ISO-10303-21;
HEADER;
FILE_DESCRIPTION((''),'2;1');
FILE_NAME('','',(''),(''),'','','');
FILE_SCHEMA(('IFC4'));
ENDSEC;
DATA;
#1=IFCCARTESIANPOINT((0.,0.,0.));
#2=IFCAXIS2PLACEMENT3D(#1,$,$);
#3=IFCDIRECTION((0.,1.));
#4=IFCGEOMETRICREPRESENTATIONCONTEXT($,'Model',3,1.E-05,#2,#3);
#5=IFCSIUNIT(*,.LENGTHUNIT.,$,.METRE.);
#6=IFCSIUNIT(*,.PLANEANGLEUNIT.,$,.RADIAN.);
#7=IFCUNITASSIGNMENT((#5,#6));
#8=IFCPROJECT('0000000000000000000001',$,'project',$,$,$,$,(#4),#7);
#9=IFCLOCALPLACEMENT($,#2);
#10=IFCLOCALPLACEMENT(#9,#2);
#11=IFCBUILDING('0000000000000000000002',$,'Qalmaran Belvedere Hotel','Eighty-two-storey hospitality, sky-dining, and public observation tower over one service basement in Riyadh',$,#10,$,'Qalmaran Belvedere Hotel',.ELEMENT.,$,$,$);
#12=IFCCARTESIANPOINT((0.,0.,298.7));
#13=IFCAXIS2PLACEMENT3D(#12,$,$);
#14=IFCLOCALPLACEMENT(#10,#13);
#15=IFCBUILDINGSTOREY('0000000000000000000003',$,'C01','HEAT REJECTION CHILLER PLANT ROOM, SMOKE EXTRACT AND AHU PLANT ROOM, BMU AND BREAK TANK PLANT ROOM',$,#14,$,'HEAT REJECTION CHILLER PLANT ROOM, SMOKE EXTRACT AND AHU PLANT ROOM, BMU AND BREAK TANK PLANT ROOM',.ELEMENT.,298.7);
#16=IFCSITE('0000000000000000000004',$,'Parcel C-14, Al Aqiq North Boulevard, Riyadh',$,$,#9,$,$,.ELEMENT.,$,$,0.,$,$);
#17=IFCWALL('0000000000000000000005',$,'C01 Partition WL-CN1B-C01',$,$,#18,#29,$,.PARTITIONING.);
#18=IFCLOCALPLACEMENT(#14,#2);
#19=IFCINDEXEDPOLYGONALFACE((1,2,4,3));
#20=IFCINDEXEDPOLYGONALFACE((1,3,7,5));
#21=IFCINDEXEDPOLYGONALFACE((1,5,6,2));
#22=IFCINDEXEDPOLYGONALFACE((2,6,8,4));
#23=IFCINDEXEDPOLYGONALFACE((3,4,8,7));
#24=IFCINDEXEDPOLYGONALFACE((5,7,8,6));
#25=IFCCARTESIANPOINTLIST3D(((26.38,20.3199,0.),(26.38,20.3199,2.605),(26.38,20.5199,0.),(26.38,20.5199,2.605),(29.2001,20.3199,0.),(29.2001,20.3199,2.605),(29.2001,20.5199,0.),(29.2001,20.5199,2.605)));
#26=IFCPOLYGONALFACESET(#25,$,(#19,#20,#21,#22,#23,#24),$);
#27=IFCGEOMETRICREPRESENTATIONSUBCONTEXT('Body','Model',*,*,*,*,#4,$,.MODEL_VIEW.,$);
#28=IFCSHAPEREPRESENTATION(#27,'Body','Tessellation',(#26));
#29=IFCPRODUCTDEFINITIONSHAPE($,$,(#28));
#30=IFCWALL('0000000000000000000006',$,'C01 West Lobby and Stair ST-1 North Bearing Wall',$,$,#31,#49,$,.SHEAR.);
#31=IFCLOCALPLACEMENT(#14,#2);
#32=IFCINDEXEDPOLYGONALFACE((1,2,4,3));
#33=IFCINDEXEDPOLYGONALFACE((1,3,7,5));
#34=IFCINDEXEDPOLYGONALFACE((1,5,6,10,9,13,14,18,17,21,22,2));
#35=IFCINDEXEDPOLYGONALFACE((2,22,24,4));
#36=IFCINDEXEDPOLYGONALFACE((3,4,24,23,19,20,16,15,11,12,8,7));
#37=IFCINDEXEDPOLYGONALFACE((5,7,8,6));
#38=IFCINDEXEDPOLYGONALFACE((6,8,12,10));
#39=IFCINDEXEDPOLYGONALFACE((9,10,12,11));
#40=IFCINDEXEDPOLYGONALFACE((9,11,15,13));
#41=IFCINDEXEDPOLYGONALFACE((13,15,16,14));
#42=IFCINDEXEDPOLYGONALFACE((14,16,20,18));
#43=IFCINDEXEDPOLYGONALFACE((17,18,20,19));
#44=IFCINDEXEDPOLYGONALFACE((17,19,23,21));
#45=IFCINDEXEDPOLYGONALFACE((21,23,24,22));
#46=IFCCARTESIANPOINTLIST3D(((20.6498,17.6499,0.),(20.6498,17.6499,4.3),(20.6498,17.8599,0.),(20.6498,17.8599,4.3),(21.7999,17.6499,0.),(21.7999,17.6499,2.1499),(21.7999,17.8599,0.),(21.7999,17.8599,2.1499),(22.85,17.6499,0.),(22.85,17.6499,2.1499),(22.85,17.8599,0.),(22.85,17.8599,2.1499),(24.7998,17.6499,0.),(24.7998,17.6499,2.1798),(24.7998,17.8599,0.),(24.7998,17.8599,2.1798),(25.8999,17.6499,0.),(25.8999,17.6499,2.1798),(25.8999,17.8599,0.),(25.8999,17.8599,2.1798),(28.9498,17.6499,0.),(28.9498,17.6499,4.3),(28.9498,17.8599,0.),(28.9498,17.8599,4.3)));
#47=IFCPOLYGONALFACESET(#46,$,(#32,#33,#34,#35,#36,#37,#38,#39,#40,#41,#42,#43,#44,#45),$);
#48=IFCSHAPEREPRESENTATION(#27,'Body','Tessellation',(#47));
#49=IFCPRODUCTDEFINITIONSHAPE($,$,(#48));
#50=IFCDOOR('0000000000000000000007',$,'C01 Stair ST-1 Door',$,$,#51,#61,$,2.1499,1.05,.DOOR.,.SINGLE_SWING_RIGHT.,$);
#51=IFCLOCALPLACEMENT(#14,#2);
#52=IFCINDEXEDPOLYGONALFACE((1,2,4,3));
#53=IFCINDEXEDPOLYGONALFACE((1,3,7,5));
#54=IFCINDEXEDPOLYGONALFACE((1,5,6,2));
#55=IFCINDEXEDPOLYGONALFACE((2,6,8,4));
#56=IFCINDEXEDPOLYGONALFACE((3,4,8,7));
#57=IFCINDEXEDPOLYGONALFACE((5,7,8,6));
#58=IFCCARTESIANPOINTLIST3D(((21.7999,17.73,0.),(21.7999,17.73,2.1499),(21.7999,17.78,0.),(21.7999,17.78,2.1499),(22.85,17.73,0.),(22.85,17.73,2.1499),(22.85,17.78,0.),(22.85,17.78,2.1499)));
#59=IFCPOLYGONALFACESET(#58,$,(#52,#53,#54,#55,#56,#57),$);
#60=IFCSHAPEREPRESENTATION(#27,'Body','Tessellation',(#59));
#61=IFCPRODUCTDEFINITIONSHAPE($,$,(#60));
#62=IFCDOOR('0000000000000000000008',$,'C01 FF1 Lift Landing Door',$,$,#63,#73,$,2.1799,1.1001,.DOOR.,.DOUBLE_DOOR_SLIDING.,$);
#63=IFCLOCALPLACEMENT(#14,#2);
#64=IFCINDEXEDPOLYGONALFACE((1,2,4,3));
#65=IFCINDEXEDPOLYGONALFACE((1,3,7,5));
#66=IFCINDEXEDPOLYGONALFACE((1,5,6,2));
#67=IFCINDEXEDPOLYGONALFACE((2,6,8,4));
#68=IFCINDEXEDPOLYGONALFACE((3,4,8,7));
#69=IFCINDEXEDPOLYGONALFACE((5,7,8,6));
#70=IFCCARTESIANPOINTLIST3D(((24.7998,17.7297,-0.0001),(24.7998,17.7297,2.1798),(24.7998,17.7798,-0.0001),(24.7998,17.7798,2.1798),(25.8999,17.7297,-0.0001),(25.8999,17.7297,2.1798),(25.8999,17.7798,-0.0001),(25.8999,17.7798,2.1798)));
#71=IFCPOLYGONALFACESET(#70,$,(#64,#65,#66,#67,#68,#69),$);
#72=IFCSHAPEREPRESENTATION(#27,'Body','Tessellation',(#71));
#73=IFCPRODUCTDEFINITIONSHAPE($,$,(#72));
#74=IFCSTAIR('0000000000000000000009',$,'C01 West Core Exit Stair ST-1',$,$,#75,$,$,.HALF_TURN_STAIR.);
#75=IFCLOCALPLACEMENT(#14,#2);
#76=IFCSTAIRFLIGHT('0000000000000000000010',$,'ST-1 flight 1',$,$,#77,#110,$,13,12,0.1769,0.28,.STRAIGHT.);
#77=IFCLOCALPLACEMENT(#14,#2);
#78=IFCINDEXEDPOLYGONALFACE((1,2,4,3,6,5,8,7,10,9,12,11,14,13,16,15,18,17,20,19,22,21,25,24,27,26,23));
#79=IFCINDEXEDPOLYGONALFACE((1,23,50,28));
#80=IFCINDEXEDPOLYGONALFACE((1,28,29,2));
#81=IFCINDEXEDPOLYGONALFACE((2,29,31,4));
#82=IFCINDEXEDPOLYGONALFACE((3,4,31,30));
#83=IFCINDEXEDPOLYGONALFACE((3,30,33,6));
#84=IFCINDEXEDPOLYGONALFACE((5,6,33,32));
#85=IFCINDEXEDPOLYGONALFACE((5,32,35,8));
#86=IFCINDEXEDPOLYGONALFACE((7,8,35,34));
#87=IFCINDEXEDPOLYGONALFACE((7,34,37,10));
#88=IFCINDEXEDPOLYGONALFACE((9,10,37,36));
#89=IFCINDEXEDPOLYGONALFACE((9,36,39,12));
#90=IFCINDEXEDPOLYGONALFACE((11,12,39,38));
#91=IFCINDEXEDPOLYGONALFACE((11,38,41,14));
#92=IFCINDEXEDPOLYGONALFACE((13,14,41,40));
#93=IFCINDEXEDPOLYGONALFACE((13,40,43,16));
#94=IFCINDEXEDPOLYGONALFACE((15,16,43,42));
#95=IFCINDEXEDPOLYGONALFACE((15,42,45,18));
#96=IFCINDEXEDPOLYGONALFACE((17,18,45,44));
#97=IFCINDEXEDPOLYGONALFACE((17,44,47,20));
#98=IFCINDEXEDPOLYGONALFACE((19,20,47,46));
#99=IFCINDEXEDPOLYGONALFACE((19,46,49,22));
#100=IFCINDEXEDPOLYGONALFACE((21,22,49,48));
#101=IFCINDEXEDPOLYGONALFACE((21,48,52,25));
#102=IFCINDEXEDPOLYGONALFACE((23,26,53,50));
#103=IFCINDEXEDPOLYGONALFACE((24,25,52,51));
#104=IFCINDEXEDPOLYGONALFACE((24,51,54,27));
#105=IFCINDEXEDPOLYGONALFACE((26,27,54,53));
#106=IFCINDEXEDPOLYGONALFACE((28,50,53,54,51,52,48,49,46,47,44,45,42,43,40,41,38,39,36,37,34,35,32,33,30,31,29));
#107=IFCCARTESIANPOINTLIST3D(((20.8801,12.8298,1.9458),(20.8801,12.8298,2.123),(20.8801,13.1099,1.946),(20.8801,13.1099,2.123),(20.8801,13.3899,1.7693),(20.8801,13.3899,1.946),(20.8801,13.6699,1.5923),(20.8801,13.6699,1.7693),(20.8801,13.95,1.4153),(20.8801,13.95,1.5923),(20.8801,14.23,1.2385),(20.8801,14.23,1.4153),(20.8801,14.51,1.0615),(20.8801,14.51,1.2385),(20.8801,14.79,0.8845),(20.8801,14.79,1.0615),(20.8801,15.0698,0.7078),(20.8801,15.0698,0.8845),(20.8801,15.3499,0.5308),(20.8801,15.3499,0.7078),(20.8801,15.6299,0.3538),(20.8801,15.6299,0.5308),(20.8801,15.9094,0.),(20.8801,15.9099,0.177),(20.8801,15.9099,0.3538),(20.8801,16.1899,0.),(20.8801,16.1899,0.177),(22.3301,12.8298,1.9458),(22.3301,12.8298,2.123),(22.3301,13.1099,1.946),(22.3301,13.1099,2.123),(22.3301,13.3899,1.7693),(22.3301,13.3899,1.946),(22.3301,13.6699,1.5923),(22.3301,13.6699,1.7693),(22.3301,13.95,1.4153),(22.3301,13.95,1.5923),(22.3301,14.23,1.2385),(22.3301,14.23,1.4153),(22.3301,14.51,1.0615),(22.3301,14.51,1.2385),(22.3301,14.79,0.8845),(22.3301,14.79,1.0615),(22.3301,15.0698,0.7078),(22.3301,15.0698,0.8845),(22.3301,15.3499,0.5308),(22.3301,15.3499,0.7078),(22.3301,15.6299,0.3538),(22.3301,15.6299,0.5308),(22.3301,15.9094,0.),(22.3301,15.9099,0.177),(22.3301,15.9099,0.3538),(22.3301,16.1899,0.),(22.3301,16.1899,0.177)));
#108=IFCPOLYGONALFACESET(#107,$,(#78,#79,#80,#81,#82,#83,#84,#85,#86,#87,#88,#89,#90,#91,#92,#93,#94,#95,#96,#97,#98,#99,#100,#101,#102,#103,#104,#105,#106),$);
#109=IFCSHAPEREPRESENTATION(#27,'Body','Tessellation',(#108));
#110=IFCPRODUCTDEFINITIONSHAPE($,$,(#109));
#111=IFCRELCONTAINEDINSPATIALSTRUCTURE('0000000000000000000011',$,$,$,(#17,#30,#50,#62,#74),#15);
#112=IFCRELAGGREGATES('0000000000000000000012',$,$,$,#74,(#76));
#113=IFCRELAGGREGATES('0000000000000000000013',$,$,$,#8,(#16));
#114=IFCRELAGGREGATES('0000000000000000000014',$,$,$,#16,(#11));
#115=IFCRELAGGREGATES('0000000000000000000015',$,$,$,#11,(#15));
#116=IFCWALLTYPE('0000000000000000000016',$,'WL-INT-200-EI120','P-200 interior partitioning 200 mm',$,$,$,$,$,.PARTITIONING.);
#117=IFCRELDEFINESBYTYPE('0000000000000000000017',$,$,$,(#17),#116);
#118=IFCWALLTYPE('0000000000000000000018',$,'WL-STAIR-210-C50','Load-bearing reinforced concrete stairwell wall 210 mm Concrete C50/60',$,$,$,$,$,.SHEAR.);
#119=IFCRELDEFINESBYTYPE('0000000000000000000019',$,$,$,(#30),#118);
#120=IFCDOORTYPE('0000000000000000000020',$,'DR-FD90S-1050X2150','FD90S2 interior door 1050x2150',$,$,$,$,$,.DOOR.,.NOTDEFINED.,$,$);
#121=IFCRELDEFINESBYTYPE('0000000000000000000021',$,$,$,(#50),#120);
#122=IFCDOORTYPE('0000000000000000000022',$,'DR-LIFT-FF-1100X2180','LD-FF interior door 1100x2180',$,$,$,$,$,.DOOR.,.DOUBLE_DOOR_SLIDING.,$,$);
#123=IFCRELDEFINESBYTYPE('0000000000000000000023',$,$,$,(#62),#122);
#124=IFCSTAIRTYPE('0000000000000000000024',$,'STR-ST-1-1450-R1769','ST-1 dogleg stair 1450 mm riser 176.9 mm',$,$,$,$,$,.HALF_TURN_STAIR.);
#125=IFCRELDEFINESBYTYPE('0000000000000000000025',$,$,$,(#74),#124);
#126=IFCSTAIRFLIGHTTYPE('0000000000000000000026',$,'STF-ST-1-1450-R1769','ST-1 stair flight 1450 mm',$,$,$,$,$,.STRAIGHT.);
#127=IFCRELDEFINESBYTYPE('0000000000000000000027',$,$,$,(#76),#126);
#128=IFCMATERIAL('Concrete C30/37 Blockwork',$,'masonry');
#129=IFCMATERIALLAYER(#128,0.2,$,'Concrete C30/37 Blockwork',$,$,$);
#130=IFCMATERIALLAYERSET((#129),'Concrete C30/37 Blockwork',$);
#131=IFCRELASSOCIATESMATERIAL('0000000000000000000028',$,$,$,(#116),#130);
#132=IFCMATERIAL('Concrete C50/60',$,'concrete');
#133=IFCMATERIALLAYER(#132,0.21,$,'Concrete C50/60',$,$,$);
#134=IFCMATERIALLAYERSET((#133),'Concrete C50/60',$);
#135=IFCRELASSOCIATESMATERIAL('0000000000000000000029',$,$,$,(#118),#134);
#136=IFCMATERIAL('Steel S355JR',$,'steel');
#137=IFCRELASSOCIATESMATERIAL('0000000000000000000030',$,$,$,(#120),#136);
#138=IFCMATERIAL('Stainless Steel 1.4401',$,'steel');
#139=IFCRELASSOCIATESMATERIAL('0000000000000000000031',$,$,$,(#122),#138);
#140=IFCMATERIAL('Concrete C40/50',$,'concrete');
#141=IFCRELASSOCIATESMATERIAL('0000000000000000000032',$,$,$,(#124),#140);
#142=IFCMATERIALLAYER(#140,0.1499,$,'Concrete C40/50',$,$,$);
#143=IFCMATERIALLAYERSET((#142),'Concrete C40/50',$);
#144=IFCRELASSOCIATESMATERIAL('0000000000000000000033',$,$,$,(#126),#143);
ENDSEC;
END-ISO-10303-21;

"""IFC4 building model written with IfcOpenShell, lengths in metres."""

from ifc_helpers import new_model, si_unit, direction, frame, frame_2d, origin, place, context, subcontext, project, spatial, polyline, rectangle, outline, extrude, material, layer, layer_set, type_object, element, fill, aggregate, save


model = new_model("IFC4")

# Units and contexts
model_context = context("Model", 3, precision=1e-05, world=origin(), true_north=direction((0.0, 1.0)))
body_context = subcontext(model_context, "Body", "Model", "MODEL_VIEW")
ifc_project = project(units=[si_unit("LENGTHUNIT", "METRE"), si_unit("PLANEANGLEUNIT", "RADIAN")], contexts=[model_context])

# Site, building, storey
site_placement = place(None, origin())
site = spatial("IfcSite", under=ifc_project, at=site_placement, Name="Parcel C-14, Al Aqiq North Boulevard, Riyadh", CompositionType="ELEMENT", RefElevation=0.0)
building_placement = place(site_placement, origin())
building = spatial("IfcBuilding", under=site, at=building_placement, Name="Qalmaran Belvedere Hotel", Description="Eighty-two-storey hospitality, sky-dining, and public observation tower over one service basement in Riyadh", LongName="Qalmaran Belvedere Hotel", CompositionType="ELEMENT")
storey_placement = place(building_placement, frame((0.0, 0.0, 298.7)))
storey = spatial("IfcBuildingStorey", under=building, at=storey_placement, Name="C01", Description="HEAT REJECTION CHILLER PLANT ROOM, SMOKE EXTRACT AND AHU PLANT ROOM, BMU AND BREAK TANK PLANT ROOM", LongName="HEAT REJECTION CHILLER PLANT ROOM, SMOKE EXTRACT AND AHU PLANT ROOM, BMU AND BREAK TANK PLANT ROOM", CompositionType="ELEMENT", Elevation=298.7)

# Shared definitions
ifc_material_1 = material(Name="Concrete C50/60", Category="concrete")

# Shared definitions
ifc_material_2 = material(Name="Steel S355JR", Category="steel")

# Shared definitions
ifc_material_3 = material(Name="Concrete C30/37 Blockwork", Category="masonry")
ifc_layer_1 = layer(ifc_material_3, 0.2, Name="Concrete C30/37 Blockwork")
ifc_layer_set_1 = layer_set([ifc_layer_1], Name="Concrete C30/37 Blockwork")
wall_type_1 = type_object("IfcWallType", Name="WL-INT-200-EI120", Description="P-200 interior partitioning 200 mm", PredefinedType="PARTITIONING", material=ifc_layer_set_1)

# Wall
wall_1_placement = place(storey_placement, frame((26.3799, 20.4199, 0.0), z_axis=(0.0, 0.0, 1.0), x_axis=(1.0, 0.0, 0.0)))
element("IfcWall", 1, at=wall_1_placement, inside=storey, type_object=wall_type_1, Name="C01 Partition WL-CN1B-C01", PredefinedType="PARTITIONING", context=body_context, shape_type="SweptSolid", body=[
    extrude(rectangle(XDim=2.8201, YDim=0.2, at=frame_2d((1.4102, 0.0))), origin(), (0.0, 0.0, 1.0), 2.605),
])

# Wall, openings, doors
ifc_layer_2 = layer(ifc_material_1, 0.21, Name="Concrete C50/60")
ifc_layer_set_2 = layer_set([ifc_layer_2], Name="Concrete C50/60")
wall_type_2 = type_object("IfcWallType", Name="WL-STAIR-210-C50", Description="Load-bearing reinforced concrete stairwell wall 210 mm Concrete C50/60", PredefinedType="SHEAR", material=ifc_layer_set_2)
wall_2_placement = place(storey_placement, frame((20.6499, 17.7549, 0.0), z_axis=(0.0, 0.0, 1.0), x_axis=(1.0, 0.0, 0.0)))
wall_2 = element("IfcWall", 2, at=wall_2_placement, inside=storey, type_object=wall_type_2, Name="C01 West Lobby and Stair ST-1 North Bearing Wall", PredefinedType="SHEAR", context=body_context, shape_type="SweptSolid", body=[
    extrude(rectangle(XDim=8.3, YDim=0.21, at=frame_2d((4.1499, 0.0))), origin(), (0.0, 0.0, 1.0), 4.3),
])
opening_1_placement = place(wall_2_placement, frame((2.2, 0.0, 0.0), z_axis=(0.0, 0.0, 1.0), x_axis=(-1.0, 0.0, 0.0)))
opening_1 = element("IfcOpeningElement", 3, at=opening_1_placement, cuts=wall_2, PredefinedType="OPENING", context=body_context, shape_type="SweptSolid", body=[
    extrude(rectangle(XDim=1.05, YDim=2.1499, at=frame_2d((0.5249, 1.075))), frame((0.0, 0.115, 0.0), z_axis=(0.0, -1.0, 0.0), x_axis=(1.0, 0.0, 0.0)), (0.0, 0.0, 1.0), 0.23),
])
opening_2_placement = place(wall_2_placement, frame((4.1499, 0.0, 0.0)))
opening_2 = element("IfcOpeningElement", 4, at=opening_2_placement, cuts=wall_2, PredefinedType="OPENING", context=body_context, shape_type="SweptSolid", body=[
    extrude(rectangle(XDim=1.1001, YDim=2.1799, at=frame_2d((0.55, 1.0898))), frame((0.0, 0.115, 0.0), z_axis=(0.0, -1.0, 0.0), x_axis=(1.0, 0.0, 0.0)), (0.0, 0.0, 1.0), 0.23),
])
door_type_1 = type_object("IfcDoorType", Name="DR-FD90S-1050X2150", Description="FD90S2 interior door 1050x2150", OperationType="NOTDEFINED", PredefinedType="DOOR", material=ifc_material_2)
door_1_placement = place(opening_1_placement, origin())
door_1 = element("IfcDoor", 5, at=door_1_placement, inside=storey, type_object=door_type_1, Name="C01 Stair ST-1 Door", OperationType="SINGLE_SWING_RIGHT", OverallHeight=2.1499, OverallWidth=1.05, PredefinedType="DOOR", context=body_context, shape_type="SweptSolid", body=[
    extrude(rectangle(XDim=1.05, YDim=2.1499, at=frame_2d((0.5249, 1.075))), frame((0.0, 0.0249, 0.0), z_axis=(0.0, -1.0, 0.0), x_axis=(1.0, 0.0, 0.0)), (0.0, 0.0, 1.0), 0.05),
])
fill(opening_1, door_1)
ifc_material_4 = material(Name="Stainless Steel 1.4401", Category="steel")
door_type_2 = type_object("IfcDoorType", Name="DR-LIFT-FF-1100X2180", Description="LD-FF interior door 1100x2180", OperationType="DOUBLE_DOOR_SLIDING", PredefinedType="DOOR", material=ifc_material_4)
door_2_placement = place(opening_2_placement, origin())
door_2 = element("IfcDoor", 6, at=door_2_placement, inside=storey, type_object=door_type_2, Name="C01 FF1 Lift Landing Door", OperationType="DOUBLE_DOOR_SLIDING", OverallHeight=2.1799, OverallWidth=1.1001, PredefinedType="DOOR", context=body_context, shape_type="SweptSolid", body=[
    extrude(rectangle(XDim=1.1001, YDim=2.1799, at=frame_2d((0.55, 1.0898))), frame((0.0, 0.0249, 0.0), z_axis=(0.0, -1.0, 0.0), x_axis=(1.0, 0.0, 0.0)), (0.0, 0.0, 1.0), 0.05),
])
fill(opening_2, door_2)

# Stair, stair flight
ifc_material_5 = material(Name="Concrete C40/50", Category="concrete")
stair_type = type_object("IfcStairType", Name="STR-ST-1-1450-R1769", Description="ST-1 dogleg stair 1450 mm riser 176.9 mm", PredefinedType="HALF_TURN_STAIR", material=ifc_material_5)
stair_placement = place(storey_placement, origin())
stair = element("IfcStair", 7, at=stair_placement, inside=storey, type_object=stair_type, Name="C01 West Core Exit Stair ST-1", PredefinedType="HALF_TURN_STAIR")
ifc_layer_3 = layer(ifc_material_5, 0.1499, Name="Concrete C40/50")
ifc_layer_set_3 = layer_set([ifc_layer_3], Name="Concrete C40/50")
stair_flight_type = type_object("IfcStairFlightType", Name="STF-ST-1-1450-R1769", Description="ST-1 stair flight 1450 mm", PredefinedType="STRAIGHT", material=ifc_layer_set_3)
stair_flight_placement = place(storey_placement, frame((21.605, 16.1899, 0.0), z_axis=(0.0, 0.0, 1.0), x_axis=(0.0, -1.0, 0.0)))
stair_flight = element("IfcStairFlight", 8, at=stair_flight_placement, type_object=stair_flight_type, Name="ST-1 flight 1", NumberOfRisers=13, NumberOfTreads=12, PredefinedType="STRAIGHT", RiserHeight=0.1769, TreadLength=0.28, context=body_context, shape_type="SweptSolid", body=[
    extrude(outline(polyline([(0.0, 0.0), (0.0, 0.177), (0.28, 0.177), (0.28, 0.3538), (0.5601, 0.3538), (0.5601, 0.5308), (0.8401, 0.5308), (0.8401, 0.7078), (1.1201, 0.7078), (1.1201, 0.8845), (1.3999, 0.8845), (1.3999, 1.0615), (1.6799, 1.0615), (1.6799, 1.2385), (1.96, 1.2385), (1.96, 1.4153), (2.24, 1.4153), (2.24, 1.5923), (2.52, 1.5923), (2.52, 1.7693), (2.8, 1.7693), (2.8, 1.946), (3.0801, 1.946), (3.0801, 2.123), (3.3601, 2.123), (3.3601, 2.3), (3.3601, 1.9458), (0.2805, 0.0), (0.0, 0.0)])), frame((0.0, 0.7251, 0.0), z_axis=(0.0, -1.0, 0.0), x_axis=(1.0, 0.0, 0.0)), (0.0, 0.0, 1.0), 1.45),
])
aggregate(stair, [stair_flight])

save(model, "model.ifc")
